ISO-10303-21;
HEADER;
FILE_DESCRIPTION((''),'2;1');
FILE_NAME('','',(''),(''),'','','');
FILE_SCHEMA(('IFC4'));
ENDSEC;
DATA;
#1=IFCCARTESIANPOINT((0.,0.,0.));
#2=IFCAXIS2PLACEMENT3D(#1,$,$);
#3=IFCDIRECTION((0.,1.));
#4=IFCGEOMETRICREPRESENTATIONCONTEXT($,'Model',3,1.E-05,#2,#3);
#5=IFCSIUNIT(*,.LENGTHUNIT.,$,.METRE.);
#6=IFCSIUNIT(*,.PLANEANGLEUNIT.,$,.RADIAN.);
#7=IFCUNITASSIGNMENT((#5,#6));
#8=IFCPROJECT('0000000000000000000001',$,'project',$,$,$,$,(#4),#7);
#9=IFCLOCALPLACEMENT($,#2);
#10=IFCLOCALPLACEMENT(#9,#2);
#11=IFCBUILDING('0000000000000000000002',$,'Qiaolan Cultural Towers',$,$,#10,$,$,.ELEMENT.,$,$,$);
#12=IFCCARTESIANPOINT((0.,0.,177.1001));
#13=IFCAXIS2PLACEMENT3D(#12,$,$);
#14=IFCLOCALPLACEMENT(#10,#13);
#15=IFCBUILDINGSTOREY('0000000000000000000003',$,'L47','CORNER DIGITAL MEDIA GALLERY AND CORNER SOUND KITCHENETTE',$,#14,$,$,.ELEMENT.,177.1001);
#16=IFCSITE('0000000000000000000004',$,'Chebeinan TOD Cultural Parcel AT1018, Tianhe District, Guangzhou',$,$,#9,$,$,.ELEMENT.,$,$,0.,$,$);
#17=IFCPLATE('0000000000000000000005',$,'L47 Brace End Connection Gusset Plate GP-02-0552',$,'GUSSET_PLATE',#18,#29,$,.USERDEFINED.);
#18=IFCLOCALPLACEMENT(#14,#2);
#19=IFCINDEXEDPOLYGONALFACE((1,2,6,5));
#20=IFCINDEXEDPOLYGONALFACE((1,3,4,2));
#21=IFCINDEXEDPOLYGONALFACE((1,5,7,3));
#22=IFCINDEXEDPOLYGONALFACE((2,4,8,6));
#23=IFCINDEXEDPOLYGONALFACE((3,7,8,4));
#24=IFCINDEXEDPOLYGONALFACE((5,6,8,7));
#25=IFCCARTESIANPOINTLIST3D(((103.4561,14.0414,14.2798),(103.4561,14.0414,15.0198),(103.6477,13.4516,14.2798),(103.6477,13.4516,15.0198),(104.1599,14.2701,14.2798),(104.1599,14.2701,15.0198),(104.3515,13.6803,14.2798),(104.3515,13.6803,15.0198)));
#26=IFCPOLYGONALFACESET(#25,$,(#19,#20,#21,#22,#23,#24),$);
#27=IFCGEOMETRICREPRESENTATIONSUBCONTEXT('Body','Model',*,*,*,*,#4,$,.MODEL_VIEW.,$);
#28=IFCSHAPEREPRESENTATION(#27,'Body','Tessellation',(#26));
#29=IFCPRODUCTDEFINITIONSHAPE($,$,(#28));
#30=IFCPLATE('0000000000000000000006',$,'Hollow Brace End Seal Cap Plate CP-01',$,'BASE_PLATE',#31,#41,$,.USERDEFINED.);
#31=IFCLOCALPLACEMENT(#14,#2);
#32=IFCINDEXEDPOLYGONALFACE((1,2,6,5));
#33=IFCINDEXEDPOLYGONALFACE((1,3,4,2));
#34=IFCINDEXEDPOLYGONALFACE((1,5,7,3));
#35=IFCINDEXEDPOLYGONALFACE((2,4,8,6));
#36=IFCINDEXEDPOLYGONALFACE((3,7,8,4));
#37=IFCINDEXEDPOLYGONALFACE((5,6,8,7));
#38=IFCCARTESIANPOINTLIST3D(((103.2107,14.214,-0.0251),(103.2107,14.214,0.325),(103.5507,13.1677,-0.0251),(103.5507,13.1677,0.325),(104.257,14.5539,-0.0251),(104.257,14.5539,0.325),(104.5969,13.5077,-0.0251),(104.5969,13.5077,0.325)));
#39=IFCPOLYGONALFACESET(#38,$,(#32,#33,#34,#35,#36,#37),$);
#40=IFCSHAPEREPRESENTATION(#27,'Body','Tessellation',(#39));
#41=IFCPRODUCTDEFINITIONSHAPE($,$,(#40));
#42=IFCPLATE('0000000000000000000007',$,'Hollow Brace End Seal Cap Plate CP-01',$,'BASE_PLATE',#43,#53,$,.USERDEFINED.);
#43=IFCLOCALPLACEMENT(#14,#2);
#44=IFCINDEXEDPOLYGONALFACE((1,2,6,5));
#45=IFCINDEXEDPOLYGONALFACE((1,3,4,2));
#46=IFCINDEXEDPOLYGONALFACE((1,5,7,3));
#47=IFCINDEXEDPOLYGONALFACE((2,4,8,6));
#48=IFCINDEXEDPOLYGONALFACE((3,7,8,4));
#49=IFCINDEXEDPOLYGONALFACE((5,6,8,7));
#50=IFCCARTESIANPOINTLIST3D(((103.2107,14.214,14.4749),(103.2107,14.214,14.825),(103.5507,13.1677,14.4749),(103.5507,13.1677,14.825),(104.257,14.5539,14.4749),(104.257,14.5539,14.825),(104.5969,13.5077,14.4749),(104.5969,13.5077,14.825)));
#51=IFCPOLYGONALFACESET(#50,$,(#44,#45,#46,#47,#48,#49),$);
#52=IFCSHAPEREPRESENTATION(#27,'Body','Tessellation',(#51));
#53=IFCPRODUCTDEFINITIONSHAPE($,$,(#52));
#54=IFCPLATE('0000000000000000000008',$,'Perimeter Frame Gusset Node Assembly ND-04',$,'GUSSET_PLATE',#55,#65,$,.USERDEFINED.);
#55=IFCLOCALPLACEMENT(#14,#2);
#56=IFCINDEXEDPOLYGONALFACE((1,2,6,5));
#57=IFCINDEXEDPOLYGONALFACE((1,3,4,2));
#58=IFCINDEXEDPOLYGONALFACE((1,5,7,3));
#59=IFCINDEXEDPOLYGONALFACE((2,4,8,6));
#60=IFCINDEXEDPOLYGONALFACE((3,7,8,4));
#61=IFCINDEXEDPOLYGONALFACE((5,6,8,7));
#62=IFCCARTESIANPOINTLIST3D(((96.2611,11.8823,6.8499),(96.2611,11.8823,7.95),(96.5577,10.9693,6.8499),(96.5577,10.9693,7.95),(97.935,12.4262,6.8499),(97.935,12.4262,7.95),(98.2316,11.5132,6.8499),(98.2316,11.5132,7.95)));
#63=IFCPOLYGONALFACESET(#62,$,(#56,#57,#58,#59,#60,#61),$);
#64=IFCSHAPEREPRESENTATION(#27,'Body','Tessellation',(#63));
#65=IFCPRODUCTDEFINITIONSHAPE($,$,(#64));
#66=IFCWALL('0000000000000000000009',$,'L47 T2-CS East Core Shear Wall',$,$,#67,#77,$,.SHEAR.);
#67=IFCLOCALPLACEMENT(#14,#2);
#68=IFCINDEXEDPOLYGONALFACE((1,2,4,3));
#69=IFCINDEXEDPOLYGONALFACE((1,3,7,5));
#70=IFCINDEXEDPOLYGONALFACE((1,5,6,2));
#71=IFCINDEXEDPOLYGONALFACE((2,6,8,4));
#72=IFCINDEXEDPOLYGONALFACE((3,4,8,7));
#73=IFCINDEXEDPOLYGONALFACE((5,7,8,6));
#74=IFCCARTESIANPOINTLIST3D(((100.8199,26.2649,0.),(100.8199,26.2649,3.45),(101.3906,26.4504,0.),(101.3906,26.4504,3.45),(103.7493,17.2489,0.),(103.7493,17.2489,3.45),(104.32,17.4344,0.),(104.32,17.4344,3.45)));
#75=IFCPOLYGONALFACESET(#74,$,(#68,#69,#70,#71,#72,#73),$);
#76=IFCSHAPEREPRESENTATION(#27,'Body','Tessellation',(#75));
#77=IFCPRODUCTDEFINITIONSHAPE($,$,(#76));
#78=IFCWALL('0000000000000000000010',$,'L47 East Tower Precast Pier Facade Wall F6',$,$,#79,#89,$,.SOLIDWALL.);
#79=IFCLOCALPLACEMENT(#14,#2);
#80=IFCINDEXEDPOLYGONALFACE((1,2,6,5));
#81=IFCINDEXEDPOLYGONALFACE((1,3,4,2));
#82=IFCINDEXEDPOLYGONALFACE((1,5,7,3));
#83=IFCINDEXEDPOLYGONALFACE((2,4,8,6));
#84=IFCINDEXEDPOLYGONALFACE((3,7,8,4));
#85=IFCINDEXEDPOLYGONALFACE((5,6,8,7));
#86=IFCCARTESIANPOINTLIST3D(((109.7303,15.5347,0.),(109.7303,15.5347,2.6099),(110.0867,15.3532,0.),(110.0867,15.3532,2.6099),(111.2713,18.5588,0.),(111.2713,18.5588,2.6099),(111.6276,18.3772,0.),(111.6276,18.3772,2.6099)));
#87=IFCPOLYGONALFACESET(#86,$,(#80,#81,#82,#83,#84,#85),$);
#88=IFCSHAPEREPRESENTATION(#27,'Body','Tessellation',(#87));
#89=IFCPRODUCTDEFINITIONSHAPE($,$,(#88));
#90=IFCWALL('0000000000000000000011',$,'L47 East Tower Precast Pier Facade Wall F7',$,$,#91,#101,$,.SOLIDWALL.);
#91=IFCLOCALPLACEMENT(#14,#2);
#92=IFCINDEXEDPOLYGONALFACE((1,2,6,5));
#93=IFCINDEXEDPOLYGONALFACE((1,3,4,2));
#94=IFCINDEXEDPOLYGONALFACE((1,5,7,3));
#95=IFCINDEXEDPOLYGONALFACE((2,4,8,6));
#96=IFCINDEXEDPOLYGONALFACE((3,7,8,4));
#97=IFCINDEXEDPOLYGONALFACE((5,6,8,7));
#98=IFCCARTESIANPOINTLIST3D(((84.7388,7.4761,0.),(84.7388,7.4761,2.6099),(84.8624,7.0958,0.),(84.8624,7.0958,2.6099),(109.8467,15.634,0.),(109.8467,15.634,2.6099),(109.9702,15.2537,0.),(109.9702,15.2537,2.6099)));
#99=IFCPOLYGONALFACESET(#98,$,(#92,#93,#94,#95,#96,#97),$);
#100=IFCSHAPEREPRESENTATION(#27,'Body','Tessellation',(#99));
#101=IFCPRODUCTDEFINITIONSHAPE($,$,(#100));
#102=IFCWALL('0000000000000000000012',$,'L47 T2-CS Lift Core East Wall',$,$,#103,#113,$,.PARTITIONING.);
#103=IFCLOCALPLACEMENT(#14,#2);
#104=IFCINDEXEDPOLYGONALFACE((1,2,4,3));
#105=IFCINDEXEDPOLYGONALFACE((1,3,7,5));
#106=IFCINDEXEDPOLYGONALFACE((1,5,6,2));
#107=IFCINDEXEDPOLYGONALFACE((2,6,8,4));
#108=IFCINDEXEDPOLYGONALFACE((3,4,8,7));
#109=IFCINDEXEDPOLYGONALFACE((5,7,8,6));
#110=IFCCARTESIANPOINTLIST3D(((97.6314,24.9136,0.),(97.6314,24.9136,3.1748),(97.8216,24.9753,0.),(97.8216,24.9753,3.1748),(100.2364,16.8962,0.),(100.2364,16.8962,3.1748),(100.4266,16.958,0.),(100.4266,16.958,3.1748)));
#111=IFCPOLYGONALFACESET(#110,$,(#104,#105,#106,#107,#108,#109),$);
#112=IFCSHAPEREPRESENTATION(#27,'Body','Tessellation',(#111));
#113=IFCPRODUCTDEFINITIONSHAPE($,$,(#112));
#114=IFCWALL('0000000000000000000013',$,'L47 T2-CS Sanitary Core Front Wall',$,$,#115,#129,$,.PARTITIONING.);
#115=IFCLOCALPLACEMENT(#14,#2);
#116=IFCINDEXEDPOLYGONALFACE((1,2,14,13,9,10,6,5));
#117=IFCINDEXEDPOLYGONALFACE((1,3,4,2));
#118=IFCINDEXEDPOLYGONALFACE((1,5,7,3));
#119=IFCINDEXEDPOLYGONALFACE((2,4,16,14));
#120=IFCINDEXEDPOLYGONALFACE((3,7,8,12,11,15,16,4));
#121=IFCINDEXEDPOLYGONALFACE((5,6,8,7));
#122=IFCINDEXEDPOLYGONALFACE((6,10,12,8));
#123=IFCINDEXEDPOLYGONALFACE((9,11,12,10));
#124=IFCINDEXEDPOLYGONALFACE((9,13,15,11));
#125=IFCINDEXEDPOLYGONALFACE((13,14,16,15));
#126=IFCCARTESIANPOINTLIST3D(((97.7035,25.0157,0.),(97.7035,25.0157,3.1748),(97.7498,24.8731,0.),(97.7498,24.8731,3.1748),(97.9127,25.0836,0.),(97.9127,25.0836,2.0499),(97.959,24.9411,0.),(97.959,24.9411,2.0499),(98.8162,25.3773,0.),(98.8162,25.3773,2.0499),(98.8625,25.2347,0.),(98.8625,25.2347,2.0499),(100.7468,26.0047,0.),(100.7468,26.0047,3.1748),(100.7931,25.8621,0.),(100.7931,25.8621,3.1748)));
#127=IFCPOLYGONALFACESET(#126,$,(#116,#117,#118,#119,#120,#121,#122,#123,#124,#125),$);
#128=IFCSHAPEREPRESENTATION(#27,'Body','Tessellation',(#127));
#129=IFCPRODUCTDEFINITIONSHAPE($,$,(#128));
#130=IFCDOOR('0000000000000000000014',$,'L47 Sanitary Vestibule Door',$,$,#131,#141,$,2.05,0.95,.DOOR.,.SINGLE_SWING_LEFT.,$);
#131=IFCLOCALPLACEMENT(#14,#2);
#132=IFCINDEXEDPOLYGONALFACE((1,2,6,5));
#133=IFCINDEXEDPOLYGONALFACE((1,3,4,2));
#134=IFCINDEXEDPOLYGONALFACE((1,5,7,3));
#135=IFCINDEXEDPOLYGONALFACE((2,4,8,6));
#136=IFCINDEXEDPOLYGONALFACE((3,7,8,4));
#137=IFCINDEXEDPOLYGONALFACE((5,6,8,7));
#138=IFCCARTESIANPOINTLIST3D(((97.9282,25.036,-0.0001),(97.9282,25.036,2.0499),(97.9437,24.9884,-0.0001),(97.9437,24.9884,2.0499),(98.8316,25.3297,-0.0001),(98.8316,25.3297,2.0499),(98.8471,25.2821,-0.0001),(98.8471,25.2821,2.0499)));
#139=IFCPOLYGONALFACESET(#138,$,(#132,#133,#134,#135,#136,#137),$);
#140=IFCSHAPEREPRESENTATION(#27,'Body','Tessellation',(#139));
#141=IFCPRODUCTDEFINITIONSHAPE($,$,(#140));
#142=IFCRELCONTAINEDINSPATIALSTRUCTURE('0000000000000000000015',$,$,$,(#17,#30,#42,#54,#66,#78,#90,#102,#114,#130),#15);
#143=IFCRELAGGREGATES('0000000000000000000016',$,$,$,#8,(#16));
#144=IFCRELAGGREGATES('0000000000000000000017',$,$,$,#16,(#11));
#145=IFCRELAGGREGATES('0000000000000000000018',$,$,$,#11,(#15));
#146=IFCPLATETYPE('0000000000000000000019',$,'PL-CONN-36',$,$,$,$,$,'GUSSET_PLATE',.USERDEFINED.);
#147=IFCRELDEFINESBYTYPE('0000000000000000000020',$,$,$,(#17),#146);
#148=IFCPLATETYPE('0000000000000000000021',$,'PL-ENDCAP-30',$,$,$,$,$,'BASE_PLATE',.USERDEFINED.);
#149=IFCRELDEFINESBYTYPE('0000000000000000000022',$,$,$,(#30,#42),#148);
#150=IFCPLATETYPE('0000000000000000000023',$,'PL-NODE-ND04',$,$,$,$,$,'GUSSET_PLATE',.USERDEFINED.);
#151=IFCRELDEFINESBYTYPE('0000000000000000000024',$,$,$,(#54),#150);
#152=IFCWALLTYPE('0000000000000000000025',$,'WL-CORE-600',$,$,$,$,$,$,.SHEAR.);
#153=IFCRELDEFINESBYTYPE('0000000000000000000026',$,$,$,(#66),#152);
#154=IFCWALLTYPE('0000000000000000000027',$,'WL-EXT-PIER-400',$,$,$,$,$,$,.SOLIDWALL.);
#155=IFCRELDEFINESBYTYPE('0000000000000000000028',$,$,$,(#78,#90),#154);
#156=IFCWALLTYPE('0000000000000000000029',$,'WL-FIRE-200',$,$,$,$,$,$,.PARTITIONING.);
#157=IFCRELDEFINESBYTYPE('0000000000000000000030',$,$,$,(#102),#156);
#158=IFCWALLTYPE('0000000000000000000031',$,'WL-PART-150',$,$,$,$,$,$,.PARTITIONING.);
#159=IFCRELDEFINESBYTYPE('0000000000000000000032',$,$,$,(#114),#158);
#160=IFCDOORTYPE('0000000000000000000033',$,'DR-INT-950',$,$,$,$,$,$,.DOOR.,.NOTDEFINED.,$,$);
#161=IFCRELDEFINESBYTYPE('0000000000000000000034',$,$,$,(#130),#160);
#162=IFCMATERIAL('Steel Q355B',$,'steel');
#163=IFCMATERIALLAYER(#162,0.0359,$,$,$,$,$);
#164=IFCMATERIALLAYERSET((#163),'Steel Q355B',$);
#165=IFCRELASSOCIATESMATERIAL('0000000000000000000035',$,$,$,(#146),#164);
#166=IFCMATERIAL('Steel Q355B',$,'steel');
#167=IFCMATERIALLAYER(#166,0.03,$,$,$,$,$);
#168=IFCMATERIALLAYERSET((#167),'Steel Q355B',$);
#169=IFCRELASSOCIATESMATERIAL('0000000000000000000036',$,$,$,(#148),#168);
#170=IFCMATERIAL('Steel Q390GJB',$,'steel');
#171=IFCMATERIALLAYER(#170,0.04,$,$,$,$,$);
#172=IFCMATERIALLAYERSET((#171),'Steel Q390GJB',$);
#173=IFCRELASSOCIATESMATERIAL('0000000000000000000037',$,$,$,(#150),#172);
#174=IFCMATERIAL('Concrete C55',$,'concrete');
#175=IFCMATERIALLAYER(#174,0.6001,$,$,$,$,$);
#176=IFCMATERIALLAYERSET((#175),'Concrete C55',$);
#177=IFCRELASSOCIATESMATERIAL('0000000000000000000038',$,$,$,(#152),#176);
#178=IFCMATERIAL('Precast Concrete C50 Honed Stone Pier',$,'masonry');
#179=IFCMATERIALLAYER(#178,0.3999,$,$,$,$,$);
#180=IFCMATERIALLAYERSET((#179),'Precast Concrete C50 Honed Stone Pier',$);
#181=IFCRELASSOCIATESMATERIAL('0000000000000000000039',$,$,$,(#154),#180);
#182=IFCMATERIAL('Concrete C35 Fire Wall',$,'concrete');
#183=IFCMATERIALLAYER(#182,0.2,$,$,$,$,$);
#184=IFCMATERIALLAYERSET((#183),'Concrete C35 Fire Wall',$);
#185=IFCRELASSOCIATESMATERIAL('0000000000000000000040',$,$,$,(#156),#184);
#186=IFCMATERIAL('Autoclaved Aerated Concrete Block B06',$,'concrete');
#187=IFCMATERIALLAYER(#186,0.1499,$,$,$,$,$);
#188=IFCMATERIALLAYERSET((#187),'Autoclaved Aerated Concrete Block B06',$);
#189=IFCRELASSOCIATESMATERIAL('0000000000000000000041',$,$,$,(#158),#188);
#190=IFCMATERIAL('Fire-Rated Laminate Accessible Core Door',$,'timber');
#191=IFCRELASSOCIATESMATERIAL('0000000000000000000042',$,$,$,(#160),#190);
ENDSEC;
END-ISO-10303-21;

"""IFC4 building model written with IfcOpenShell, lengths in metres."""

from ifc_helpers import new_model, si_unit, direction, frame, frame_2d, origin, origin_2d, place, context, subcontext, project, spatial, rectangle, extrude, material, layer, layer_set, type_object, element, fill, save


model = new_model("IFC4")

# Units and contexts
model_context = context("Model", 3, precision=1e-05, world=origin(), true_north=direction((0.0, 1.0)))
body_context = subcontext(model_context, "Body", "Model", "MODEL_VIEW")
ifc_project = project(units=[si_unit("LENGTHUNIT", "METRE"), si_unit("PLANEANGLEUNIT", "RADIAN")], contexts=[model_context])

# Site, building, storey
site_placement = place(None, origin())
site = spatial("IfcSite", under=ifc_project, at=site_placement, Name="Chebeinan TOD Cultural Parcel AT1018, Tianhe District, Guangzhou", CompositionType="ELEMENT", RefElevation=0.0)
building_placement = place(site_placement, origin())
building = spatial("IfcBuilding", under=site, at=building_placement, Name="Qiaolan Cultural Towers", CompositionType="ELEMENT")
storey_placement = place(building_placement, frame((0.0, 0.0, 177.1001)))
storey = spatial("IfcBuildingStorey", under=building, at=storey_placement, Name="L47", Description="CORNER DIGITAL MEDIA GALLERY AND CORNER SOUND KITCHENETTE", CompositionType="ELEMENT", Elevation=177.1001)

# Plates
ifc_material_1 = material(Name="Steel Q355B", Category="steel")
ifc_layer_1 = layer(ifc_material_1, 0.0359)
ifc_layer_set_1 = layer_set([ifc_layer_1], Name="Steel Q355B")
plate_type_1 = type_object("IfcPlateType", Name="PL-CONN-36", ElementType="GUSSET_PLATE", PredefinedType="USERDEFINED", material=ifc_layer_set_1)
plate_1_placement = place(storey_placement, frame((103.9038, 13.8608, 14.2798), z_axis=(0.0, 0.0, 1.0), x_axis=(0.951057, 0.309017, 0.0)))
element("IfcPlate", 1, at=plate_1_placement, inside=storey, type_object=plate_type_1, Name="L47 Brace End Connection Gusset Plate GP-02-0552", ObjectType="GUSSET_PLATE", PredefinedType="USERDEFINED", context=body_context, shape_type="SweptSolid", body=[
    extrude(rectangle(XDim=0.74, YDim=0.6201, at=origin_2d()), origin(), (0.0, 0.0, 1.0), 0.74),
])
ifc_material_2 = material(Name="Steel Q355B", Category="steel")
ifc_layer_2 = layer(ifc_material_2, 0.03)
ifc_layer_set_2 = layer_set([ifc_layer_2], Name="Steel Q355B")
plate_type_2 = type_object("IfcPlateType", Name="PL-ENDCAP-30", ElementType="BASE_PLATE", PredefinedType="USERDEFINED", material=ifc_layer_set_2)
for number, where, z_axis, x_axis, name in (
    (2, (103.9038, 13.8608, -0.0251), (0.0, 0.0, 1.0), (0.951057, 0.309017, 0.0), "Hollow Brace End Seal Cap Plate CP-01"),
    (3, (103.9038, 13.8608, 14.4749), (0.0, 0.0, 1.0), (0.951057, 0.309017, 0.0), "Hollow Brace End Seal Cap Plate CP-01"),
):
    element("IfcPlate", number, at=place(storey_placement, frame(where, z_axis=z_axis, x_axis=x_axis)), inside=storey, type_object=plate_type_2, Name=name, ObjectType="BASE_PLATE", PredefinedType="USERDEFINED", context=body_context, shape_type="SweptSolid", body=[
        extrude(rectangle(XDim=1.1001, YDim=1.1001, at=origin_2d()), origin(), (0.0, 0.0, 1.0), 0.3501),
    ])
ifc_material_3 = material(Name="Steel Q390GJB", Category="steel")
ifc_layer_3 = layer(ifc_material_3, 0.04)
ifc_layer_set_3 = layer_set([ifc_layer_3], Name="Steel Q390GJB")
plate_type_3 = type_object("IfcPlateType", Name="PL-NODE-ND04", ElementType="GUSSET_PLATE", PredefinedType="USERDEFINED", material=ifc_layer_set_3)
plate_2_placement = place(storey_placement, frame((97.2463, 11.6978, 6.8499), z_axis=(0.0, 0.0, 1.0), x_axis=(0.951057, 0.309017, 0.0)))
element("IfcPlate", 4, at=plate_2_placement, inside=storey, type_object=plate_type_3, Name="Perimeter Frame Gusset Node Assembly ND-04", ObjectType="GUSSET_PLATE", PredefinedType="USERDEFINED", context=body_context, shape_type="SweptSolid", body=[
    extrude(rectangle(XDim=1.76, YDim=0.96, at=origin_2d()), origin(), (0.0, 0.0, 1.0), 1.1001),
])

# Walls
ifc_material_4 = material(Name="Concrete C55", Category="concrete")
ifc_layer_4 = layer(ifc_material_4, 0.6001)
ifc_layer_set_4 = layer_set([ifc_layer_4], Name="Concrete C55")
wall_type_1 = type_object("IfcWallType", Name="WL-CORE-600", PredefinedType="SHEAR", material=ifc_layer_set_4)
wall_1_placement = place(storey_placement, frame((101.1052, 26.3577, 0.0), z_axis=(0.0, 0.0, 1.0), x_axis=(0.30901, -0.951059, 0.0)))
element("IfcWall", 5, at=wall_1_placement, inside=storey, type_object=wall_type_1, Name="L47 T2-CS East Core Shear Wall", PredefinedType="SHEAR", context=body_context, shape_type="SweptSolid", body=[
    extrude(rectangle(XDim=9.48, YDim=0.6001, at=frame_2d((4.74, 0.0))), origin(), (0.0, 0.0, 1.0), 3.45),
])
ifc_material_5 = material(Name="Precast Concrete C50 Honed Stone Pier", Category="masonry")
ifc_layer_5 = layer(ifc_material_5, 0.3999)
ifc_layer_set_5 = layer_set([ifc_layer_5], Name="Precast Concrete C50 Honed Stone Pier")
wall_type_2 = type_object("IfcWallType", Name="WL-EXT-PIER-400", PredefinedType="SOLIDWALL", material=ifc_layer_set_5)
wall_2_placement = place(storey_placement, frame((111.4495, 18.468, 0.0), z_axis=(0.0, 0.0, 1.0), x_axis=(-0.45402, -0.890992, 0.0)))
element("IfcWall", 6, at=wall_2_placement, inside=storey, type_object=wall_type_2, Name="L47 East Tower Precast Pier Facade Wall F6", PredefinedType="SOLIDWALL", context=body_context, shape_type="SweptSolid", body=[
    extrude(rectangle(XDim=3.394, YDim=0.3999, at=frame_2d((1.697, 0.0))), origin(), (0.0, 0.0, 1.0), 2.6099),
])
wall_3_placement = place(storey_placement, frame((109.9084, 15.4438, 0.0), z_axis=(0.0, 0.0, 1.0), x_axis=(-0.951058, -0.309014, 0.0)))
element("IfcWall", 7, at=wall_3_placement, inside=storey, type_object=wall_type_2, Name="L47 East Tower Precast Pier Facade Wall F7", PredefinedType="SOLIDWALL", context=body_context, shape_type="SweptSolid", body=[
    extrude(rectangle(XDim=26.3999, YDim=0.3999, at=frame_2d((13.2, 0.0))), origin(), (0.0, 0.0, 1.0), 2.6099),
])
ifc_material_6 = material(Name="Concrete C35 Fire Wall", Category="concrete")
ifc_layer_6 = layer(ifc_material_6, 0.2)
ifc_layer_set_6 = layer_set([ifc_layer_6], Name="Concrete C35 Fire Wall")
wall_type_3 = type_object("IfcWallType", Name="WL-FIRE-200", PredefinedType="PARTITIONING", material=ifc_layer_set_6)
wall_4_placement = place(storey_placement, frame((97.7266, 24.9443, 0.0), z_axis=(0.0, 0.0, 1.0), x_axis=(0.309016, -0.951057, 0.0)))
element("IfcWall", 8, at=wall_4_placement, inside=storey, type_object=wall_type_3, Name="L47 T2-CS Lift Core East Wall", PredefinedType="PARTITIONING", context=body_context, shape_type="SweptSolid", body=[
    extrude(rectangle(XDim=8.4299, YDim=0.2, at=frame_2d((4.2148, 0.0))), origin(), (0.0, 0.0, 1.0), 3.1748),
])

# Wall, opening, door
ifc_material_7 = material(Name="Autoclaved Aerated Concrete Block B06", Category="concrete")
ifc_layer_7 = layer(ifc_material_7, 0.1499)
ifc_layer_set_7 = layer_set([ifc_layer_7], Name="Autoclaved Aerated Concrete Block B06")
wall_type_4 = type_object("IfcWallType", Name="WL-PART-150", PredefinedType="PARTITIONING", material=ifc_layer_set_7)
wall_5_placement = place(storey_placement, frame((97.7266, 24.9443, 0.0), z_axis=(0.0, 0.0, 1.0), x_axis=(0.951037, 0.309077, 0.0)))
wall_5 = element("IfcWall", 9, at=wall_5_placement, inside=storey, type_object=wall_type_4, Name="L47 T2-CS Sanitary Core Front Wall", PredefinedType="PARTITIONING", context=body_context, shape_type="SweptSolid", body=[
    extrude(rectangle(XDim=3.2, YDim=0.1499, at=frame_2d((1.6001, 0.0))), origin(), (0.0, 0.0, 1.0), 3.1748),
])
opening_1_placement = place(wall_5_placement, frame((0.22, 0.0, 0.0)))
opening_1 = element("IfcOpeningElement", 10, at=opening_1_placement, cuts=wall_5, PredefinedType="OPENING", context=body_context, shape_type="SweptSolid", body=[
    extrude(rectangle(XDim=0.95, YDim=2.05, at=frame_2d((0.4751, 1.0249))), frame((0.0, 0.085, 0.0), z_axis=(0.0, -1.0, 0.0), x_axis=(1.0, 0.0, 0.0)), (0.0, 0.0, 1.0), 0.1699),
])
ifc_material_8 = material(Name="Fire-Rated Laminate Accessible Core Door", Category="timber")
door_type_1 = type_object("IfcDoorType", Name="DR-INT-950", OperationType="NOTDEFINED", PredefinedType="DOOR", material=ifc_material_8)
door_1_placement = place(opening_1_placement, origin())
door_1 = element("IfcDoor", 11, at=door_1_placement, inside=storey, type_object=door_type_1, Name="L47 Sanitary Vestibule Door", OperationType="SINGLE_SWING_LEFT", OverallHeight=2.05, OverallWidth=0.95, PredefinedType="DOOR", context=body_context, shape_type="SweptSolid", body=[
    extrude(rectangle(XDim=0.95, YDim=2.05, at=frame_2d((0.4751, 1.0249))), frame((0.0, 0.0249, 0.0), z_axis=(0.0, -1.0, 0.0), x_axis=(1.0, 0.0, 0.0)), (0.0, 0.0, 1.0), 0.05),
])
fill(opening_1, door_1)

save(model, "model.ifc")
